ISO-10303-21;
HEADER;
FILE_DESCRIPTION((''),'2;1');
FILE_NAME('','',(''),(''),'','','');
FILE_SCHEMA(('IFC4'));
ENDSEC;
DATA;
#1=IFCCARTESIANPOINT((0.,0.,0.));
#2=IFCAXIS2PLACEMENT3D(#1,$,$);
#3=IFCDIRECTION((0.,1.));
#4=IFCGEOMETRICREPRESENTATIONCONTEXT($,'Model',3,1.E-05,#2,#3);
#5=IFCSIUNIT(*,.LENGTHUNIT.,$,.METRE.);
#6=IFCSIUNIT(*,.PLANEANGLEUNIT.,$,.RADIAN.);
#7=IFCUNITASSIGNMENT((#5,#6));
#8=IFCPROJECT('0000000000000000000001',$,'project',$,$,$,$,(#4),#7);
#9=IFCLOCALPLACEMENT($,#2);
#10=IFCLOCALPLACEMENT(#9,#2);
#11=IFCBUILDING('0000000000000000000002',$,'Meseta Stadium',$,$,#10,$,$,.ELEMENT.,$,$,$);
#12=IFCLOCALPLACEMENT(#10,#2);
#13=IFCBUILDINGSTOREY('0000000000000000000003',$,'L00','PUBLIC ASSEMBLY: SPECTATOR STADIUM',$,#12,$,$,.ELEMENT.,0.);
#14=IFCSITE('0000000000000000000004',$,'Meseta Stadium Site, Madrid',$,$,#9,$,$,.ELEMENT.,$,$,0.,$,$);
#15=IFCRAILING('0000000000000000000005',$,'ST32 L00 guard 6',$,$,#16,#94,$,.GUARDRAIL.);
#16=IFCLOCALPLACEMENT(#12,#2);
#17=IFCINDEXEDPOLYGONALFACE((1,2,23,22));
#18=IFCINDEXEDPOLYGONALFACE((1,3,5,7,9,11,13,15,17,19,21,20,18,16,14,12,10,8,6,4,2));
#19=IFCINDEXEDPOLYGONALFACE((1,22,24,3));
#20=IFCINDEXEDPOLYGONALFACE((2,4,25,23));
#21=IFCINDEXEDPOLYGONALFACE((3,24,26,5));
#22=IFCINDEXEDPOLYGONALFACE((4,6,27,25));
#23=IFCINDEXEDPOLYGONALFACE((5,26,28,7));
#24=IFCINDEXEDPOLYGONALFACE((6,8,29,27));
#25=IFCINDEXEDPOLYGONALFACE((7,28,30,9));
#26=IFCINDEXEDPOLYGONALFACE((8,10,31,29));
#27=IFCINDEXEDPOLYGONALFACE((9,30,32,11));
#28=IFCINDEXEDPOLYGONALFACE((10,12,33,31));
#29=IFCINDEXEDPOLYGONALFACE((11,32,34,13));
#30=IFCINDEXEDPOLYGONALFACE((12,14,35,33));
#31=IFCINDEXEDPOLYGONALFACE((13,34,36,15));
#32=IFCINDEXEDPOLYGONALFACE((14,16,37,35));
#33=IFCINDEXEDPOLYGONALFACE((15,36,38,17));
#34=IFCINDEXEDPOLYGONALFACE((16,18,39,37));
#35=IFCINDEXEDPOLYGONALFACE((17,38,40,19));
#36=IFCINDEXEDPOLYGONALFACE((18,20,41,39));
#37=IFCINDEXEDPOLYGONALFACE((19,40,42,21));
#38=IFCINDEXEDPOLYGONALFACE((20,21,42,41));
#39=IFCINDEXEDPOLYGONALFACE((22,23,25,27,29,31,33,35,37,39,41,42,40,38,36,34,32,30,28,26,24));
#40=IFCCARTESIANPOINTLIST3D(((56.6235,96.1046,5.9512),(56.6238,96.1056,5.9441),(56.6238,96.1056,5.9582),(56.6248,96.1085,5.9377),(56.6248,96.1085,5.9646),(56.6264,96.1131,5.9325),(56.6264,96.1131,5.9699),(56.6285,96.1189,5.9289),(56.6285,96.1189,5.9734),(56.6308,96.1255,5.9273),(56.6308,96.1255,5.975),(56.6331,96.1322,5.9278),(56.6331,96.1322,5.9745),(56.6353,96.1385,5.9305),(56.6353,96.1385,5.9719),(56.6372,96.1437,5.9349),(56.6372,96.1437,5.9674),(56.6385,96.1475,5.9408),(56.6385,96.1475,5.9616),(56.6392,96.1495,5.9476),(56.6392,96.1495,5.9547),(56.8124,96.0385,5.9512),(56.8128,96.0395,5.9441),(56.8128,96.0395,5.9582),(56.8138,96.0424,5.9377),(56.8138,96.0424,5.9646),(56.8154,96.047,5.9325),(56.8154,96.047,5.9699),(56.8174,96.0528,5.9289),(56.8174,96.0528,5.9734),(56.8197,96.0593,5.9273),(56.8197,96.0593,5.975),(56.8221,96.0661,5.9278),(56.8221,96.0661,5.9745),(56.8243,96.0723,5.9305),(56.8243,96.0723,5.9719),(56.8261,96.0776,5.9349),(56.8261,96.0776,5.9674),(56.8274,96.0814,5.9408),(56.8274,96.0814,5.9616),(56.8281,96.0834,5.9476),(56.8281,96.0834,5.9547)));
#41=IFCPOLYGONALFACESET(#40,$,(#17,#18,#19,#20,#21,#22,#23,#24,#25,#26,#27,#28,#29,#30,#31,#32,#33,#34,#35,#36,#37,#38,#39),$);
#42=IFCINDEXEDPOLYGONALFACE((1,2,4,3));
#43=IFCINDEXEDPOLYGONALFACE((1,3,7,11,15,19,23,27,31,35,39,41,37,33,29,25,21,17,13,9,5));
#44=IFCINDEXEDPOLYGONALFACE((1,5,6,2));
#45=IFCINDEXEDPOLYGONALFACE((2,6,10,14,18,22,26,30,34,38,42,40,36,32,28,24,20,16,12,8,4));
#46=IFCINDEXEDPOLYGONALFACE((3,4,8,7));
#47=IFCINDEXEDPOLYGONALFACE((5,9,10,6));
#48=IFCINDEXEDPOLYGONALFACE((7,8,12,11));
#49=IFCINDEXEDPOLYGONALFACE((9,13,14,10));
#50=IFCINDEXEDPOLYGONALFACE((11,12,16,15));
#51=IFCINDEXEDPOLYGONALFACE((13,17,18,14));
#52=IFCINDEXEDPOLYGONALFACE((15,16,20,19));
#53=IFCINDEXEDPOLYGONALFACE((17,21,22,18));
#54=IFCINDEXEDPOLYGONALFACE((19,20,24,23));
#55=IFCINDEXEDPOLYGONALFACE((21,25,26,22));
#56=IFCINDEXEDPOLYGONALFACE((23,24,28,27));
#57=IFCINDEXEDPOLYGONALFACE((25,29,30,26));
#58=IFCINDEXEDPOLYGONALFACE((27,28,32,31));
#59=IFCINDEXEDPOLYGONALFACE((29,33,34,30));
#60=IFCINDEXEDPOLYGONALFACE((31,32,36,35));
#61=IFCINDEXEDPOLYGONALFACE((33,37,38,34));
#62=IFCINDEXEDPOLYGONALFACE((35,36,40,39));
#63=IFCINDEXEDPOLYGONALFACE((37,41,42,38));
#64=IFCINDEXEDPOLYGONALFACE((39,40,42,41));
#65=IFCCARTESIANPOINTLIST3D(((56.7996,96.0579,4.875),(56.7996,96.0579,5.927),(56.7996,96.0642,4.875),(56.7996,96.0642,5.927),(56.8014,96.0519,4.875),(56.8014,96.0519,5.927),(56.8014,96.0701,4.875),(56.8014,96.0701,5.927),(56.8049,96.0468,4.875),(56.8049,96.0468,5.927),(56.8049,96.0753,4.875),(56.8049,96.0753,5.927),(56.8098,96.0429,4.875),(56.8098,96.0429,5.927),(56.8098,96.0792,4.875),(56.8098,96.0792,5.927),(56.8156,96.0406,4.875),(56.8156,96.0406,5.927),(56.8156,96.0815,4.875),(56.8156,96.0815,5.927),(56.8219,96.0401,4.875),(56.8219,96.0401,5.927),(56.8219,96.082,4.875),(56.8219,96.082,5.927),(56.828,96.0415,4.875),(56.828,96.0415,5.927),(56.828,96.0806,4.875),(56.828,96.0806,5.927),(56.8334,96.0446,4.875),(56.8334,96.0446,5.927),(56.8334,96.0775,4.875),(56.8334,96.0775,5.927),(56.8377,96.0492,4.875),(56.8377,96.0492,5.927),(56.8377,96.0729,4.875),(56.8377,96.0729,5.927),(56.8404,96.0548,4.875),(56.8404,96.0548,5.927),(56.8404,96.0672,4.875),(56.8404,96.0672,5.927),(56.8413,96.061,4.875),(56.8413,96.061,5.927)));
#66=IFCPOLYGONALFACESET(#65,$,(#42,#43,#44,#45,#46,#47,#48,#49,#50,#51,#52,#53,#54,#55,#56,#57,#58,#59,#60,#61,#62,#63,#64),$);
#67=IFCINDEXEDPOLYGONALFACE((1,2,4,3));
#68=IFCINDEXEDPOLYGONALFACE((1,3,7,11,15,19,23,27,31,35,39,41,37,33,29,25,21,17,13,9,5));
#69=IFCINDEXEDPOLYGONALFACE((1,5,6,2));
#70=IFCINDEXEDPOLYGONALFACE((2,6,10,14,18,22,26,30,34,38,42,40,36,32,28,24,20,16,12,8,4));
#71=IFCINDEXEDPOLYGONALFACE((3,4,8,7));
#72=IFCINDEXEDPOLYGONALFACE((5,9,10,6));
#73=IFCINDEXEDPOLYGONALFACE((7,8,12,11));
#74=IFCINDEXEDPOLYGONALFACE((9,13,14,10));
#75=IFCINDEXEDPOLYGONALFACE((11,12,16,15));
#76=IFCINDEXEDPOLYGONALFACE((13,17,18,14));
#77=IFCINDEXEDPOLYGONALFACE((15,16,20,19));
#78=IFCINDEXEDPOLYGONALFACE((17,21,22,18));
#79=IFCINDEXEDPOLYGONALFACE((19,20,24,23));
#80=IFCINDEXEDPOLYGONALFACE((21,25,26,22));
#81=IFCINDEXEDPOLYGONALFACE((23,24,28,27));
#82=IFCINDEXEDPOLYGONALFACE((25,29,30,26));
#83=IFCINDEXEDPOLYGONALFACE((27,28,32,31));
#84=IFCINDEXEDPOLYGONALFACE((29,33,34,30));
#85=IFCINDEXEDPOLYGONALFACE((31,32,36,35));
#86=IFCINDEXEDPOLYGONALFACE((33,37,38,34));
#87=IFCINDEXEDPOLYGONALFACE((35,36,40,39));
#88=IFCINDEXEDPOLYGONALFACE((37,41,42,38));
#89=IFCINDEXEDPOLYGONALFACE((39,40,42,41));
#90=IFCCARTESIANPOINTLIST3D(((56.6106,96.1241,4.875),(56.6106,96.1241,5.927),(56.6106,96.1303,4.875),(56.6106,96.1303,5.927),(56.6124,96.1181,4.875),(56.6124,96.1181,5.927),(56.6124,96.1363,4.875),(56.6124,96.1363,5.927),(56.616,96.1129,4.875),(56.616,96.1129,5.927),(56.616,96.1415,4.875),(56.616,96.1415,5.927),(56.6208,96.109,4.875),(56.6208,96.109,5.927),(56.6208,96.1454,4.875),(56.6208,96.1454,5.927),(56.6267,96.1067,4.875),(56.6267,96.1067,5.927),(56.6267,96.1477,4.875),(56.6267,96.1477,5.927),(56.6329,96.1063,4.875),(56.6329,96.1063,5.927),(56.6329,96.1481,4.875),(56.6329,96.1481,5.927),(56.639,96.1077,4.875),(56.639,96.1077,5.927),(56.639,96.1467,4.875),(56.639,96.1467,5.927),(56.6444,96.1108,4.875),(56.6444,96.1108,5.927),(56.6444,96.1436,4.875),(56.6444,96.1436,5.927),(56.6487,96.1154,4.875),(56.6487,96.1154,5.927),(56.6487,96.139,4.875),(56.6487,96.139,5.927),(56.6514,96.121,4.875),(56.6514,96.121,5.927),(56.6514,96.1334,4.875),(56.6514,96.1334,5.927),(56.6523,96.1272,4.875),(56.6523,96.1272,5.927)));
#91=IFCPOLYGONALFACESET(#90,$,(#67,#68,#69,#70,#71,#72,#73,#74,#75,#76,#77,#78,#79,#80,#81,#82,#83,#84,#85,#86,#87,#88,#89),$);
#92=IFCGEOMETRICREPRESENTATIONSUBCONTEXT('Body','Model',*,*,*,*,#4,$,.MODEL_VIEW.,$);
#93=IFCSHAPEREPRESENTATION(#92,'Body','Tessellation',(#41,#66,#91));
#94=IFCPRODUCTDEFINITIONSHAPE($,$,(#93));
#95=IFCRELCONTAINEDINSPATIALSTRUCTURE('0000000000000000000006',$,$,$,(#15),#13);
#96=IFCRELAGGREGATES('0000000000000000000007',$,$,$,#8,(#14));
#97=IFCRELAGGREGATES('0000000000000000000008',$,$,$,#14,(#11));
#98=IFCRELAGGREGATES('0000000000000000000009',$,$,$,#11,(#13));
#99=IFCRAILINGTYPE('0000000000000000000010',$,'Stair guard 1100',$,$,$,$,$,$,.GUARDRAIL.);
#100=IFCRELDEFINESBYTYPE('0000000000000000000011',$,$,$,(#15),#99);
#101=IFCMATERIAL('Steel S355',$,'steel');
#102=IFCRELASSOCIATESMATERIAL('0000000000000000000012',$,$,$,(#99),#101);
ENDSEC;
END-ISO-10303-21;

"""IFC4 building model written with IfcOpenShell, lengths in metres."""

from ifc_helpers import new_model, si_unit, direction, frame, origin, origin_2d, place, context, subcontext, project, spatial, circle, extrude, material, type_object, element, save


model = new_model("IFC4")

# Units and contexts
model_context = context("Model", 3, precision=1e-05, world=origin(), true_north=direction((0.0, 1.0)))
body_context = subcontext(model_context, "Body", "Model", "MODEL_VIEW")
ifc_project = project(units=[si_unit("LENGTHUNIT", "METRE"), si_unit("PLANEANGLEUNIT", "RADIAN")], contexts=[model_context])

# Site, building, storey
site_placement = place(None, origin())
site = spatial("IfcSite", under=ifc_project, at=site_placement, Name="Meseta Stadium Site, Madrid", CompositionType="ELEMENT", RefElevation=0.0)
building_placement = place(site_placement, origin())
building = spatial("IfcBuilding", under=site, at=building_placement, Name="Meseta Stadium", CompositionType="ELEMENT")
storey_placement = place(building_placement, origin())
storey = spatial("IfcBuildingStorey", under=building, at=storey_placement, Name="L00", Description="PUBLIC ASSEMBLY: SPECTATOR STADIUM", CompositionType="ELEMENT", Elevation=0.0)

# Railing
ifc_material_1 = material(Name="Steel S355", Category="steel")
railing_type_1 = type_object("IfcRailingType", Name="Stair guard 1100", PredefinedType="GUARDRAIL", material=ifc_material_1)
railing_1_placement = place(storey_placement, frame((56.8203, 96.061, 4.875)))
element("IfcRailing", 1, at=railing_1_placement, inside=storey, type_object=railing_type_1, Name="ST32 L00 guard 6", PredefinedType="GUARDRAIL", context=body_context, shape_type="SweptSolid", body=[
    extrude(circle(Radius=0.0239, at=origin_2d()), frame((0.0, 0.0, 1.0762), z_axis=(-0.94382, 0.330459, 0.0), x_axis=(-0.330459, -0.94382, 0.0)), (0.0, 0.0, 1.0), 0.2002),
    extrude(circle(Radius=0.021, at=origin_2d()), origin(), (0.0, 0.0, 1.0), 1.052),
    extrude(circle(Radius=0.021, at=origin_2d()), frame((-0.189, 0.0662, 0.0)), (0.0, 0.0, 1.0), 1.052),
])

save(model, "model.ifc")
